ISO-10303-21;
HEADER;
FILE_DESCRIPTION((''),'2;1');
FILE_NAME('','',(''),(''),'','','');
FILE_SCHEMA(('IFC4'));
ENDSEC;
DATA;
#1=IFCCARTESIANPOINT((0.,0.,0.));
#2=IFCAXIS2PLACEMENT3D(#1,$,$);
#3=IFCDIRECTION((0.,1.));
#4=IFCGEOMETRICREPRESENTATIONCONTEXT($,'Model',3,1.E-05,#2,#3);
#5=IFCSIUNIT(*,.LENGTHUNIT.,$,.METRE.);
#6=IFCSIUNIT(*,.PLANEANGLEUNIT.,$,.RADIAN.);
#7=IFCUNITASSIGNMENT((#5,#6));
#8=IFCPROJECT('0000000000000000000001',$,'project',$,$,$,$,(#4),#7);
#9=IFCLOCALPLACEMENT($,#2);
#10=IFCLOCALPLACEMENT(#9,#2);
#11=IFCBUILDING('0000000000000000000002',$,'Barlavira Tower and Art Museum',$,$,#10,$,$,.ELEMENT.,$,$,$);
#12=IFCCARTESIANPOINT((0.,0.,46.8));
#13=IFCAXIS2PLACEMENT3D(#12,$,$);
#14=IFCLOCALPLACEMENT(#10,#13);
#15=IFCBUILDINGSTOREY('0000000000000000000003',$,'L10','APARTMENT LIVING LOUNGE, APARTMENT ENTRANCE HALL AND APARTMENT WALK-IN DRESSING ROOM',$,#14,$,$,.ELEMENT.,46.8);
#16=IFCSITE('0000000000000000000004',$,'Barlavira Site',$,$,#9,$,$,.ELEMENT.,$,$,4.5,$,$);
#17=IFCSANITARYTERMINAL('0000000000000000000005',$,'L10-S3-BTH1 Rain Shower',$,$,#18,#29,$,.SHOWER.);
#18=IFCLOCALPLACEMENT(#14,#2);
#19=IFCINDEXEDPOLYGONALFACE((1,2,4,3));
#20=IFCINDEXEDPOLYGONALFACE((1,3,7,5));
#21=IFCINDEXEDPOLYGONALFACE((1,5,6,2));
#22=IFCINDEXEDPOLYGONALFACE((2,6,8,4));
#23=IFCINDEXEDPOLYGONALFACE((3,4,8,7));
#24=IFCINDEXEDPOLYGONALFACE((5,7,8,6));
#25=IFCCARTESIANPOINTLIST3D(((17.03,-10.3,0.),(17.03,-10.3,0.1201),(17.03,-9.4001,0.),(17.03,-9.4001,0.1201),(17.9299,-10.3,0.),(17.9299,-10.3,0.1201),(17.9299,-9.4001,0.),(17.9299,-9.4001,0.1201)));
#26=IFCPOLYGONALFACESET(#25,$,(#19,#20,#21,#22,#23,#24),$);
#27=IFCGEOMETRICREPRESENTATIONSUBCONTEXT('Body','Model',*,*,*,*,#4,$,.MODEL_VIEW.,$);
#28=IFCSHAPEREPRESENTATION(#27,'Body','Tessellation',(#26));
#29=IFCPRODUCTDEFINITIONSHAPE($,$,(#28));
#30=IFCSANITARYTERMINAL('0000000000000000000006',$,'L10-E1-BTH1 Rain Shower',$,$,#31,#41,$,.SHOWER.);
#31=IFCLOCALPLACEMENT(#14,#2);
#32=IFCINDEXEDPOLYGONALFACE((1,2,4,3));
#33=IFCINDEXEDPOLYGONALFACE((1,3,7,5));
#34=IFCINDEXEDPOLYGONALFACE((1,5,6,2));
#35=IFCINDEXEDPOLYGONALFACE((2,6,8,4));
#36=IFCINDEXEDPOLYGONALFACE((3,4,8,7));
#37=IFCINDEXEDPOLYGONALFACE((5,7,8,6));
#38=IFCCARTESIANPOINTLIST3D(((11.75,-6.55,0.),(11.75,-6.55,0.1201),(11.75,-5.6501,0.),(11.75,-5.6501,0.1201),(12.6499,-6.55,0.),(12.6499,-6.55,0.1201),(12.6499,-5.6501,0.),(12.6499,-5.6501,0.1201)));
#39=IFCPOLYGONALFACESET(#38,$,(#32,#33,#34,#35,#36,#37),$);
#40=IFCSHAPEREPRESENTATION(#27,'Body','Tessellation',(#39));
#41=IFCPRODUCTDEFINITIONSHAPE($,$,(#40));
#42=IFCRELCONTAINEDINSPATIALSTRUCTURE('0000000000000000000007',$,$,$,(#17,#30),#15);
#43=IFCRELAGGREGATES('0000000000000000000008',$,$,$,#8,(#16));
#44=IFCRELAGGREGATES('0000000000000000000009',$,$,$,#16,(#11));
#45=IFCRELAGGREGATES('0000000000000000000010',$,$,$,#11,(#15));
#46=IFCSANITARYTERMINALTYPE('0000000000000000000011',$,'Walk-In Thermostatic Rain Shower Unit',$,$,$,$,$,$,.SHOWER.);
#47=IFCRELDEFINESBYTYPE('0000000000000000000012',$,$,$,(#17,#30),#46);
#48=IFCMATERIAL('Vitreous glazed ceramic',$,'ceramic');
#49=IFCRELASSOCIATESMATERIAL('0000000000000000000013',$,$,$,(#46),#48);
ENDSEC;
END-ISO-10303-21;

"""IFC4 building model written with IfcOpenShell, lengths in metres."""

from ifc_helpers import new_model, si_unit, direction, frame, origin, origin_2d, place, context, subcontext, project, spatial, rectangle, extrude, material, type_object, element, save


model = new_model("IFC4")

# Units and contexts
model_context = context("Model", 3, precision=1e-05, world=origin(), true_north=direction((0.0, 1.0)))
body_context = subcontext(model_context, "Body", "Model", "MODEL_VIEW")
ifc_project = project(units=[si_unit("LENGTHUNIT", "METRE"), si_unit("PLANEANGLEUNIT", "RADIAN")], contexts=[model_context])

# Site, building, storey
site_placement = place(None, origin())
site = spatial("IfcSite", under=ifc_project, at=site_placement, Name="Barlavira Site", CompositionType="ELEMENT", RefElevation=4.5)
building_placement = place(site_placement, origin())
building = spatial("IfcBuilding", under=site, at=building_placement, Name="Barlavira Tower and Art Museum", CompositionType="ELEMENT")
storey_placement = place(building_placement, frame((0.0, 0.0, 46.8)))
storey = spatial("IfcBuildingStorey", under=building, at=storey_placement, Name="L10", Description="APARTMENT LIVING LOUNGE, APARTMENT ENTRANCE HALL AND APARTMENT WALK-IN DRESSING ROOM", CompositionType="ELEMENT", Elevation=46.8)

# Sanitary terminals
ifc_material_1 = material(Name="Vitreous glazed ceramic", Category="ceramic")
sanitary_terminal_type_1 = type_object("IfcSanitaryTerminalType", Name="Walk-In Thermostatic Rain Shower Unit", PredefinedType="SHOWER", material=ifc_material_1)
for number, where, z_axis, x_axis, name in (
    (1, (17.48, -9.8501, 0.0), (0.0, 0.0, 1.0), (1.0, 0.0, 0.0), "L10-S3-BTH1 Rain Shower"),
    (2, (12.2, -6.1001, 0.0), (0.0, 0.0, 1.0), (1.0, 0.0, 0.0), "L10-E1-BTH1 Rain Shower"),
):
    element("IfcSanitaryTerminal", number, at=place(storey_placement, frame(where, z_axis=z_axis, x_axis=x_axis)), inside=storey, type_object=sanitary_terminal_type_1, Name=name, PredefinedType="SHOWER", context=body_context, shape_type="SweptSolid", body=[
        extrude(rectangle(XDim=0.8999, YDim=0.8999, at=origin_2d()), origin(), (0.0, 0.0, 1.0), 0.1201),
    ])

save(model, "model.ifc")
